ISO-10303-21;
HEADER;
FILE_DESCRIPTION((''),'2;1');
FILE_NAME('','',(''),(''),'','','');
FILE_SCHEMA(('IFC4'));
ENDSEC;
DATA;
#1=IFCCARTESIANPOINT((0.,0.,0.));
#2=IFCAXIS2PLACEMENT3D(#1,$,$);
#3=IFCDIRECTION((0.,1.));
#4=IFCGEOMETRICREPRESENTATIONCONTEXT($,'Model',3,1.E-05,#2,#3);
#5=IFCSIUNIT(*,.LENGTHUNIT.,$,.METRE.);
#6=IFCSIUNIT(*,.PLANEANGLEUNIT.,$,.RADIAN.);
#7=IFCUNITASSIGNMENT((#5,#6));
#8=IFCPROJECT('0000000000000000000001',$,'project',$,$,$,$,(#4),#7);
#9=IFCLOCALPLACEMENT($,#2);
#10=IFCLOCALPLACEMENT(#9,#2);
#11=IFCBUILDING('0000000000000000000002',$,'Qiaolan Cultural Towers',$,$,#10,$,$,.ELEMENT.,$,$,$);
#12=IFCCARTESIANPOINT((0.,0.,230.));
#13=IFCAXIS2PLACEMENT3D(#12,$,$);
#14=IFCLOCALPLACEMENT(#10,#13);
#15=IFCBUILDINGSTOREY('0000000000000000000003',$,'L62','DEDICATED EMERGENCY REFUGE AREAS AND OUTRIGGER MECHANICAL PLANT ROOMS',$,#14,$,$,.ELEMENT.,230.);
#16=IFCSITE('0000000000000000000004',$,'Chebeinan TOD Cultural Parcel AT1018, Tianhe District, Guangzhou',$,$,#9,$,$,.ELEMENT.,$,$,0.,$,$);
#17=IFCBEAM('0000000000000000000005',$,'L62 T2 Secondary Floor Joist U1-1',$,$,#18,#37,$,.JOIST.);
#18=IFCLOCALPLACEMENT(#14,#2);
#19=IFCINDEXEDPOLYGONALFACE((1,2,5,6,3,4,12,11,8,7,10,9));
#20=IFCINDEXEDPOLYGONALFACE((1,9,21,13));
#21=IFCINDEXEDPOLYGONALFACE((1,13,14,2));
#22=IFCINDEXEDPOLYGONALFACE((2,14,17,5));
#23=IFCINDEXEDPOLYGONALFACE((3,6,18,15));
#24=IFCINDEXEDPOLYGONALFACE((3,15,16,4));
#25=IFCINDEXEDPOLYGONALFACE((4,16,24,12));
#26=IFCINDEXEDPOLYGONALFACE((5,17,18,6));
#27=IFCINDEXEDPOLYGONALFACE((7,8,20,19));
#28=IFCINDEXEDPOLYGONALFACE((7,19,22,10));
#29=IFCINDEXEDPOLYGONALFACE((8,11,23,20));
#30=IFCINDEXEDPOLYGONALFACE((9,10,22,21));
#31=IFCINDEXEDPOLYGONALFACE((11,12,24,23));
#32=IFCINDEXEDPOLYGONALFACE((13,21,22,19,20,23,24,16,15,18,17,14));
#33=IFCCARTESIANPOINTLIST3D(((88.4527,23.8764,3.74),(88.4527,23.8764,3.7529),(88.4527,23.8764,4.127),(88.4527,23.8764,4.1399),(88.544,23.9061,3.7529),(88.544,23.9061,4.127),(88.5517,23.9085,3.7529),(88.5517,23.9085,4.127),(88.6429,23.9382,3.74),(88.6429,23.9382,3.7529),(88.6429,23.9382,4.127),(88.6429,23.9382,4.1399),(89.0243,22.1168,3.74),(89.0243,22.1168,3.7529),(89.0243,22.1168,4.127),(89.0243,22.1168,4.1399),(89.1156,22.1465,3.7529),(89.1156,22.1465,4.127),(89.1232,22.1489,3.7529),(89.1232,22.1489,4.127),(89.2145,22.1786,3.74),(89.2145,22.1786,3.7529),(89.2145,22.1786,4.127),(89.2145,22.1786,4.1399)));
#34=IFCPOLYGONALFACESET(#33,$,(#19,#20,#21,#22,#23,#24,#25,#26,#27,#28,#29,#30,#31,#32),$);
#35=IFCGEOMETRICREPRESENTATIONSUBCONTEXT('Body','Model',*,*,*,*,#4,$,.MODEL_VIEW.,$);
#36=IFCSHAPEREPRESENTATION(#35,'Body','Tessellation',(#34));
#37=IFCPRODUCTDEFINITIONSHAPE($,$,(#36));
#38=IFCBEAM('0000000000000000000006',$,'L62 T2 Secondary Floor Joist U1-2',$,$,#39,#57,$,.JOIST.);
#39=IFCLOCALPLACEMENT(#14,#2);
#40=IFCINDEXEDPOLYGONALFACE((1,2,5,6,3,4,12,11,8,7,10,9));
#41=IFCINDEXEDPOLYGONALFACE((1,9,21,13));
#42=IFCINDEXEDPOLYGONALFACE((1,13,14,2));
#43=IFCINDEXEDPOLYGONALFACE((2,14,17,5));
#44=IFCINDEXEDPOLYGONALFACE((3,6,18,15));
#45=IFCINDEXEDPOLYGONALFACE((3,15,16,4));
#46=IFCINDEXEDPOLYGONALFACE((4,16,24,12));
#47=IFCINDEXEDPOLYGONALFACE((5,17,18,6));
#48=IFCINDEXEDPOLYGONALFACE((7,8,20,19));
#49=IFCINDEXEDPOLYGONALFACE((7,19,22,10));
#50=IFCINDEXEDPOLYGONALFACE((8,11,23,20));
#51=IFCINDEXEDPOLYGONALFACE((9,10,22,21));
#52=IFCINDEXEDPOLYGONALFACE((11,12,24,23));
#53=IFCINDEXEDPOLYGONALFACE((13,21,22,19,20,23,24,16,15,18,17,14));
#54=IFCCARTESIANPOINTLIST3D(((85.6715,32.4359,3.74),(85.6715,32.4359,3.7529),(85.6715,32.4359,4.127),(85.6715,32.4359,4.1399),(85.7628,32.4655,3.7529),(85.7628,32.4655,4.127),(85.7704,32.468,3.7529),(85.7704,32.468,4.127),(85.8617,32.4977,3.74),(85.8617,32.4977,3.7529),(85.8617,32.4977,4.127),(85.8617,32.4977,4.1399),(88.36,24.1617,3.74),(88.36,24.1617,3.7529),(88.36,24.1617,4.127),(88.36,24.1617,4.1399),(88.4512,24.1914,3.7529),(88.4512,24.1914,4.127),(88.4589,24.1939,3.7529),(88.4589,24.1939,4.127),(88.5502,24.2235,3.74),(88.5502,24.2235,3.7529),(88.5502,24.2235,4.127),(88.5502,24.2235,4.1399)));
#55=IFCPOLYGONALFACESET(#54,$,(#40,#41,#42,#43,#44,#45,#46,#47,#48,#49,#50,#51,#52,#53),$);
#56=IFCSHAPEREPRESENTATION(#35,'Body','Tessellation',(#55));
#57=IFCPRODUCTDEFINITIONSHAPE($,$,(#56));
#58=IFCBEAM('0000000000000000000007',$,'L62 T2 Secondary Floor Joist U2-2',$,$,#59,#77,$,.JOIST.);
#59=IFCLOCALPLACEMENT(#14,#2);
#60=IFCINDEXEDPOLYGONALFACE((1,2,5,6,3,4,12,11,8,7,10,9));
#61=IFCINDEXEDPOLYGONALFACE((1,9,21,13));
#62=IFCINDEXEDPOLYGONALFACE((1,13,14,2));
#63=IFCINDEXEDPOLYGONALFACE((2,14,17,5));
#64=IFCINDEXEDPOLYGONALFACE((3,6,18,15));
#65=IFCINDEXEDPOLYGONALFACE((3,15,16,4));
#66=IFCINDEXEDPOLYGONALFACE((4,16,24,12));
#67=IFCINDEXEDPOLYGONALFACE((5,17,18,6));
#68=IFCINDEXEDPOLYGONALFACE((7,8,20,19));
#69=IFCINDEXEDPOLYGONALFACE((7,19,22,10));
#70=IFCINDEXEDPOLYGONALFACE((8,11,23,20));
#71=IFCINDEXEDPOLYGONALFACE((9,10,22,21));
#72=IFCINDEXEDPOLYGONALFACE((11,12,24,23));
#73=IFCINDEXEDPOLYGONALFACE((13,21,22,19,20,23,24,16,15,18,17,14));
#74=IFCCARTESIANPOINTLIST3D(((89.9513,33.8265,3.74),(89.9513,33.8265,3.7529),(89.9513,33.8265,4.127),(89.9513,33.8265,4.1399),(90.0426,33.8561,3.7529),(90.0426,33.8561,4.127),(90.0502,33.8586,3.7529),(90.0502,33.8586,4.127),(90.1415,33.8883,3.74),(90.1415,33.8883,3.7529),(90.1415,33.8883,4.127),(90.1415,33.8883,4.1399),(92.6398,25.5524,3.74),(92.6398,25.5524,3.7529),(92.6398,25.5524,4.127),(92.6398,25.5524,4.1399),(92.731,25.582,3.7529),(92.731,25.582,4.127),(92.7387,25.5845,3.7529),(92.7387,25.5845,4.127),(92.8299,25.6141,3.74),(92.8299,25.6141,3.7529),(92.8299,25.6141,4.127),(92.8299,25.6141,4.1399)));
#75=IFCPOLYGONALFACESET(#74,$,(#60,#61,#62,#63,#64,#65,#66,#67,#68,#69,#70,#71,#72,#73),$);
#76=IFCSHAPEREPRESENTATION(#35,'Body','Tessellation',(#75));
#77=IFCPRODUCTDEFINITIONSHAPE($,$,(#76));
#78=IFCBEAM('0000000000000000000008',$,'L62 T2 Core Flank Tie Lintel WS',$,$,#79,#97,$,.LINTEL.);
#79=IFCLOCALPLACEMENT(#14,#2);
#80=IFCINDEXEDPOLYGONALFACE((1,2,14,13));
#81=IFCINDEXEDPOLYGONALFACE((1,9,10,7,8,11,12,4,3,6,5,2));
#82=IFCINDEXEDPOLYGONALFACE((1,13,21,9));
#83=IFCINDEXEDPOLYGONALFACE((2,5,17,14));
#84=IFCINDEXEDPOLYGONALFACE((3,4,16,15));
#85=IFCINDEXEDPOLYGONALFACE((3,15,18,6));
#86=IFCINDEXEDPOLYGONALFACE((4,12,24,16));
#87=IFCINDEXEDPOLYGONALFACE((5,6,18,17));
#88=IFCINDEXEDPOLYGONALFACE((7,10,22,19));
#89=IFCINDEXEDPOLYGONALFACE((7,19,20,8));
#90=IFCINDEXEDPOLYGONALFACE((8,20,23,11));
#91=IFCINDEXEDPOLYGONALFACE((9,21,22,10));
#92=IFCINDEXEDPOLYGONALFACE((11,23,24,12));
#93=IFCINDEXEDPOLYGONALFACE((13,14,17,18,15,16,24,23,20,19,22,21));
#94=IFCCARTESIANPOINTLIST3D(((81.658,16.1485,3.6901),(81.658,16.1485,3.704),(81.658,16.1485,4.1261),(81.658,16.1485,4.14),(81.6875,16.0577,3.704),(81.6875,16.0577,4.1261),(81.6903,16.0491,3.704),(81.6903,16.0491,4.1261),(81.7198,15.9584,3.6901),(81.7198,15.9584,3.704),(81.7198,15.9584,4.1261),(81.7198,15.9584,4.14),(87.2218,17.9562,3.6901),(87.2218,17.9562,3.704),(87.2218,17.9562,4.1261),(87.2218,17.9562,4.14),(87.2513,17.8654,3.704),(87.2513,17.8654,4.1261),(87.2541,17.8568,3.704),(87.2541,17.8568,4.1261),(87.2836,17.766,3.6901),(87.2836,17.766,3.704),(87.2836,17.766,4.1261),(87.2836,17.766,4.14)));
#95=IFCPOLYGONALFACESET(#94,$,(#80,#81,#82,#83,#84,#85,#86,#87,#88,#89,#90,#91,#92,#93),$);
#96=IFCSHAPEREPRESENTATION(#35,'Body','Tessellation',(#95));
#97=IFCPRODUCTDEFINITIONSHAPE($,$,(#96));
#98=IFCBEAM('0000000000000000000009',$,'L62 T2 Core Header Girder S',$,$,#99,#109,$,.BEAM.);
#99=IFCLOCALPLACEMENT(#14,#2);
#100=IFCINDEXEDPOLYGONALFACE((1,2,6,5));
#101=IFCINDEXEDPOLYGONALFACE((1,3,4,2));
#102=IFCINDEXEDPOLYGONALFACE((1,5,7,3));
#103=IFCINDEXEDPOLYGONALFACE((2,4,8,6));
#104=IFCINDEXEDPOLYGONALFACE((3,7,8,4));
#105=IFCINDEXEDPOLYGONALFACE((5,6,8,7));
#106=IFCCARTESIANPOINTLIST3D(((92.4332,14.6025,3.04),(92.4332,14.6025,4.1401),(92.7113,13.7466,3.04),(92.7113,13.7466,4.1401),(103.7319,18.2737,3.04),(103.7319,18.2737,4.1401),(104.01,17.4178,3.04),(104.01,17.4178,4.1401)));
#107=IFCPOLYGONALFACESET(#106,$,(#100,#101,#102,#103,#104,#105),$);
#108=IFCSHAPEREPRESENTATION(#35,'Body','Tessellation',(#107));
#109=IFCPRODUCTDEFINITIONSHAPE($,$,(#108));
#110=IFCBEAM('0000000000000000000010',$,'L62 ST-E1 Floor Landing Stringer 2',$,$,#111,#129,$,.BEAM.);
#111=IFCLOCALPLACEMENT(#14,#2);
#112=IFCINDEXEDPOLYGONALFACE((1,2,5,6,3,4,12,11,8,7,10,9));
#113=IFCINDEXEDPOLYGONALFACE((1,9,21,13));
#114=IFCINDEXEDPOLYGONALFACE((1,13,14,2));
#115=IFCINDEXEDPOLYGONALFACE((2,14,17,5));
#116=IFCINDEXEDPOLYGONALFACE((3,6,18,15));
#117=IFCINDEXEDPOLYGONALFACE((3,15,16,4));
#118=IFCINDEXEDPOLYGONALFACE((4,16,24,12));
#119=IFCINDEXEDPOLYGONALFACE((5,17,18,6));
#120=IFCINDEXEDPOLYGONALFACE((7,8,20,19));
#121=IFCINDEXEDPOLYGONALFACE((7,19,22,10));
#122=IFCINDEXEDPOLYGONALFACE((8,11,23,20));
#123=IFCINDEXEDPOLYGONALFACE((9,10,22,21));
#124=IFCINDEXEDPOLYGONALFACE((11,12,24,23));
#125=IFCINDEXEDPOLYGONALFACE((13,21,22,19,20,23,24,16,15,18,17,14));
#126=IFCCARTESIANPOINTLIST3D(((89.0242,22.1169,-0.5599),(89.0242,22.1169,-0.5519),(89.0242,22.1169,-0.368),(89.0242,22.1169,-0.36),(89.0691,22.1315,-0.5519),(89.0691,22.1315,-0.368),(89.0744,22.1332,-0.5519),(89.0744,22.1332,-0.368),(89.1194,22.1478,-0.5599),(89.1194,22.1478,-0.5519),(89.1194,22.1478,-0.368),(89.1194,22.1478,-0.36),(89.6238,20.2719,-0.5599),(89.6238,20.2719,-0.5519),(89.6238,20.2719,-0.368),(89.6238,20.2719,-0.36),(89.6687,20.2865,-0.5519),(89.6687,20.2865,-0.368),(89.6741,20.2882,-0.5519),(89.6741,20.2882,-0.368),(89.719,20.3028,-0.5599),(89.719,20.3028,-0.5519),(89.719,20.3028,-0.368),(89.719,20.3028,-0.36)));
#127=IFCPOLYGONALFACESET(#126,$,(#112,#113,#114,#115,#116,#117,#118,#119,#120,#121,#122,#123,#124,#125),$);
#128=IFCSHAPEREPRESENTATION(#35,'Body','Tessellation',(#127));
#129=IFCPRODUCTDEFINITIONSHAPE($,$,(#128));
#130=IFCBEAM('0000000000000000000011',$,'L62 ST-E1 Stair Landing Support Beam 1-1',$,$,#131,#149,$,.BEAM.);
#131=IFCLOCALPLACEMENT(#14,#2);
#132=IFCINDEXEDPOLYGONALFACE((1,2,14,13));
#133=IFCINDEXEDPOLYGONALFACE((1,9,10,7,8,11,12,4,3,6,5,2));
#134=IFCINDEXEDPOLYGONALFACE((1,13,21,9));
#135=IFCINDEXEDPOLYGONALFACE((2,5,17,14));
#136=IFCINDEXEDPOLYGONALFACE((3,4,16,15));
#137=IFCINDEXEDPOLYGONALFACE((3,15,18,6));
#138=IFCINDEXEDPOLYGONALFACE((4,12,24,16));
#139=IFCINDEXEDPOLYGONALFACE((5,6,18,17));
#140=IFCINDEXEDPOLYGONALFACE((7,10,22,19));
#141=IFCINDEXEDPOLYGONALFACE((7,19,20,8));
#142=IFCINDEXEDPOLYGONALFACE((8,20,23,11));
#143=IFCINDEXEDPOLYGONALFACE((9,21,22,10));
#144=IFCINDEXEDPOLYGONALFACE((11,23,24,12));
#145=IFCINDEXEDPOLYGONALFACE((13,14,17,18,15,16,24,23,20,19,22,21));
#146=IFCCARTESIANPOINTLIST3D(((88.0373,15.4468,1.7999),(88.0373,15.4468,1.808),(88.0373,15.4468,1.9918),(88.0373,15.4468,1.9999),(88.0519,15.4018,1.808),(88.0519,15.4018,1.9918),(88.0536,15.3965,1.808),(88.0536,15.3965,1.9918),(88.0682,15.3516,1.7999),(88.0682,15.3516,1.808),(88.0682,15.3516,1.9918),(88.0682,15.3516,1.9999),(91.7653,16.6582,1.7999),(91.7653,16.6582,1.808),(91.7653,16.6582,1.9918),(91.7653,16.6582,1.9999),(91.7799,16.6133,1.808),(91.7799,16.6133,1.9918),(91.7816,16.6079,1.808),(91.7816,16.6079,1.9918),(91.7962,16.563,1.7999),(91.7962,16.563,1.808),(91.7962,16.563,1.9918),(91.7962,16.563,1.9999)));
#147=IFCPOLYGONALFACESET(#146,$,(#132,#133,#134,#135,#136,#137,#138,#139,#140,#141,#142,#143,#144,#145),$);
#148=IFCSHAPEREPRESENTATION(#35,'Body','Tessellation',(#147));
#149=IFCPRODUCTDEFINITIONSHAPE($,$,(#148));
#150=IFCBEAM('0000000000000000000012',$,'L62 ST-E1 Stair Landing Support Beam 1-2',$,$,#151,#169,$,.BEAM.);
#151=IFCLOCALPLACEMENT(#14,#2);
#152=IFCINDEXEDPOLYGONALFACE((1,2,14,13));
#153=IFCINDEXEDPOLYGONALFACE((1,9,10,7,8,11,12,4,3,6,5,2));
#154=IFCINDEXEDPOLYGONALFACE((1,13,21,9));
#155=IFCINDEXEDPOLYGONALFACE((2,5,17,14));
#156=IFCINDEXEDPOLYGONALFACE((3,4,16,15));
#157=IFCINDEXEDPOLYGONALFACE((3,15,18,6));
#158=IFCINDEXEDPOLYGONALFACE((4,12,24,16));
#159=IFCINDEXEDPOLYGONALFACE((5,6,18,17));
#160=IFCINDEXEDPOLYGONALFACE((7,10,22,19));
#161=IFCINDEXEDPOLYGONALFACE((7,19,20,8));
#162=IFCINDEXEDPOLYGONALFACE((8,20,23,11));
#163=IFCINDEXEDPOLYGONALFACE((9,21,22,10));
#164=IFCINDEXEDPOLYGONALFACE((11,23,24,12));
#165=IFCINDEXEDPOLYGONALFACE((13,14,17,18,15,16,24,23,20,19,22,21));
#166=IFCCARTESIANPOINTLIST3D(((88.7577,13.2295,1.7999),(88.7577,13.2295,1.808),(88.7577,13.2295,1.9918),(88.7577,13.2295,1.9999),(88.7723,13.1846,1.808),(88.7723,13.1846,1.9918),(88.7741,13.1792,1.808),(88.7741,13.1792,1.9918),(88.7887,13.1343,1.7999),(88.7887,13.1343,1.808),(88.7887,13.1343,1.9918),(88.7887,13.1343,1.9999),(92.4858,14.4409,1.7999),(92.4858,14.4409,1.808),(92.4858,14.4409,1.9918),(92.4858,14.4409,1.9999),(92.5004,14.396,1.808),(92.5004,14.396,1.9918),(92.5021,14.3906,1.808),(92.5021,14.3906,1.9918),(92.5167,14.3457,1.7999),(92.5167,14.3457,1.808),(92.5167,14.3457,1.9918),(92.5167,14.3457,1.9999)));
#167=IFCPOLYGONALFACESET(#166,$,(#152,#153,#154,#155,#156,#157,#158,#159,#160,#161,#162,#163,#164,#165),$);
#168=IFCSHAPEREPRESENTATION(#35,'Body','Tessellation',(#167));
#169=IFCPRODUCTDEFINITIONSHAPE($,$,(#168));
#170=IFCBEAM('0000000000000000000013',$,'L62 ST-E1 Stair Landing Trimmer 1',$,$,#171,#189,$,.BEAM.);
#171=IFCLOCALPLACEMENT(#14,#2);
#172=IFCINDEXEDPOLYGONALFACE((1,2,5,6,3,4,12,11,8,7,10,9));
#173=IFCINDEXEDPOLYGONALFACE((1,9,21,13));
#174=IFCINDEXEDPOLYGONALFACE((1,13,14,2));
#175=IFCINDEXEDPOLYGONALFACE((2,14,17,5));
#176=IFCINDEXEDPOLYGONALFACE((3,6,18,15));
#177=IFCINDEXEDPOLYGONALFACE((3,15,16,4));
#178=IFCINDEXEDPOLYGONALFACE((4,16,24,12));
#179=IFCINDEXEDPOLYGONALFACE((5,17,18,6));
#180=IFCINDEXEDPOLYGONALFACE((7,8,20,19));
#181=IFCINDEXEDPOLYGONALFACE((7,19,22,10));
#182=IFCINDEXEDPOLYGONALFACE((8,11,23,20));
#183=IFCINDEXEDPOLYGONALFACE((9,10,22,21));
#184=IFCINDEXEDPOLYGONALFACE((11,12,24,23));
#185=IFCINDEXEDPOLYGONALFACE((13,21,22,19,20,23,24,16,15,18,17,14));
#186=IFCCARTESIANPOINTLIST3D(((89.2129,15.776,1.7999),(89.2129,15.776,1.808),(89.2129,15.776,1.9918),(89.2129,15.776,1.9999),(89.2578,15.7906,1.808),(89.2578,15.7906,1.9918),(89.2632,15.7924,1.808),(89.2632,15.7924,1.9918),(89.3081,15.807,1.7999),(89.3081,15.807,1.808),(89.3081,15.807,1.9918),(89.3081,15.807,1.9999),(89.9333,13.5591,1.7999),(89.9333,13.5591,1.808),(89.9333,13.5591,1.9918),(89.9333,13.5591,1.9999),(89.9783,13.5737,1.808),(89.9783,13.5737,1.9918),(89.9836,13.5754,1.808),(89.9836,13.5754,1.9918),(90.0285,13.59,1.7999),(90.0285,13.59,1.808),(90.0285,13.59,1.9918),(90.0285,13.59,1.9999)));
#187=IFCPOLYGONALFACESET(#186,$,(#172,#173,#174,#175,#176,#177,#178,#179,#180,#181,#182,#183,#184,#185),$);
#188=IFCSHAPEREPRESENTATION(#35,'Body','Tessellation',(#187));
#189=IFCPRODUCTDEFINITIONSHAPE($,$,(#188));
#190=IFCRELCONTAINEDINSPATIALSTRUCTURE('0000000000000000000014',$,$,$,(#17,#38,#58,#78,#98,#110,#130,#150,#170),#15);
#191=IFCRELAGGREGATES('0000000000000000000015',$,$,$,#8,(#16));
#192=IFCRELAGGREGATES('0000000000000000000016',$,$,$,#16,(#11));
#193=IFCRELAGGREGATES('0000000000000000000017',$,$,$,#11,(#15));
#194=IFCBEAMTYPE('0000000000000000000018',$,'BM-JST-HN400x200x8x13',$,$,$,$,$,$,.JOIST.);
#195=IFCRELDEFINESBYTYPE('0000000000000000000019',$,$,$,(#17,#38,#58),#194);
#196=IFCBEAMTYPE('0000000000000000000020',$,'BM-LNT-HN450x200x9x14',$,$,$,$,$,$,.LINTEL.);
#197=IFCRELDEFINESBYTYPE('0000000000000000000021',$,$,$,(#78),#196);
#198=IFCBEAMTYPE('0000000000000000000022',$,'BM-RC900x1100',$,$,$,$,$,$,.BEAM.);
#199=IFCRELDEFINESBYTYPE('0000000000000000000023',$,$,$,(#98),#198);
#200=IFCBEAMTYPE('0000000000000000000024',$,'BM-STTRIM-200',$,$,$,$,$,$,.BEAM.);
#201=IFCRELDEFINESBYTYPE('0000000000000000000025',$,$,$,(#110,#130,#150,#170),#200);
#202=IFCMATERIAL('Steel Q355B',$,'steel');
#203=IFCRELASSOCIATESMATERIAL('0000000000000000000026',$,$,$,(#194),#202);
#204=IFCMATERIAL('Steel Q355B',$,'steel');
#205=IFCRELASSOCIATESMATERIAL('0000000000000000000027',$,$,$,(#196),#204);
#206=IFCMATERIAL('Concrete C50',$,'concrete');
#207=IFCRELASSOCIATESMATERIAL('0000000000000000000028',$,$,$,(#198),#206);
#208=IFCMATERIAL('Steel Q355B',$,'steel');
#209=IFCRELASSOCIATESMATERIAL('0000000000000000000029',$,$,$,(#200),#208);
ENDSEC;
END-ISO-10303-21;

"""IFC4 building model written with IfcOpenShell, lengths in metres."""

from ifc_helpers import new_model, si_unit, direction, frame, origin, origin_2d, place, context, subcontext, project, spatial, rectangle, i_section, extrude, material, material_profile, profile_set, type_object, element, save


model = new_model("IFC4")

# Units and contexts
model_context = context("Model", 3, precision=1e-05, world=origin(), true_north=direction((0.0, 1.0)))
body_context = subcontext(model_context, "Body", "Model", "MODEL_VIEW")
ifc_project = project(units=[si_unit("LENGTHUNIT", "METRE"), si_unit("PLANEANGLEUNIT", "RADIAN")], contexts=[model_context])

# Site, building, storey
site_placement = place(None, origin())
site = spatial("IfcSite", under=ifc_project, at=site_placement, Name="Chebeinan TOD Cultural Parcel AT1018, Tianhe District, Guangzhou", CompositionType="ELEMENT", RefElevation=0.0)
building_placement = place(site_placement, origin())
building = spatial("IfcBuilding", under=site, at=building_placement, Name="Qiaolan Cultural Towers", CompositionType="ELEMENT")
storey_placement = place(building_placement, frame((0.0, 0.0, 230.0)))
storey = spatial("IfcBuildingStorey", under=building, at=storey_placement, Name="L62", Description="DEDICATED EMERGENCY REFUGE AREAS AND OUTRIGGER MECHANICAL PLANT ROOMS", CompositionType="ELEMENT", Elevation=230.0)

# Beams
ifc_material_1 = material(Name="Steel Q355B", Category="steel")
ifc_material_profile_1 = material_profile(ifc_material_1, i_section(OverallWidth=0.2, OverallDepth=0.3999, WebThickness=0.0081, FlangeThickness=0.0129, at=origin_2d()), Name="HN400x200x8x13")
ifc_profile_set_1 = profile_set([ifc_material_profile_1], Name="Steel Q355B")
beam_type_1 = type_object("IfcBeamType", Name="BM-JST-HN400x200x8x13", PredefinedType="JOIST", material=ifc_profile_set_1)
beam_1_placement = place(storey_placement, frame((89.1194, 22.1477, 3.9399), z_axis=(-0.308934, 0.951084, 0.0), x_axis=(-0.951084, -0.308934, 0.0)))
element("IfcBeam", 1, at=beam_1_placement, inside=storey, type_object=beam_type_1, Name="L62 T2 Secondary Floor Joist U1-1", PredefinedType="JOIST", context=body_context, shape_type="SweptSolid", body=[
    extrude(i_section(OverallWidth=0.2, OverallDepth=0.3999, WebThickness=0.0081, FlangeThickness=0.0129, at=origin_2d()), origin(), (0.0, 0.0, 1.0), 1.8501),
])
for number, where, z_axis, x_axis, name in (
    (2, (88.4551, 24.1926, 3.9399), (-0.309021, 0.951055, 0.0), (-0.951055, -0.309021, 0.0), "L62 T2 Secondary Floor Joist U1-2"),
    (3, (92.7349, 25.5833, 3.9399), (-0.309021, 0.951055, 0.0), (-0.951055, -0.309021, 0.0), "L62 T2 Secondary Floor Joist U2-2"),
):
    element("IfcBeam", number, at=place(storey_placement, frame(where, z_axis=z_axis, x_axis=x_axis)), inside=storey, type_object=beam_type_1, Name=name, PredefinedType="JOIST", context=body_context, shape_type="SweptSolid", body=[
        extrude(i_section(OverallWidth=0.2, OverallDepth=0.3999, WebThickness=0.0081, FlangeThickness=0.0129, at=origin_2d()), origin(), (0.0, 0.0, 1.0), 8.7),
    ])
ifc_material_2 = material(Name="Steel Q355B", Category="steel")
ifc_material_profile_2 = material_profile(ifc_material_2, i_section(OverallWidth=0.2, OverallDepth=0.45, WebThickness=0.009, FlangeThickness=0.0139, at=origin_2d()), Name="HN450x200x9x14")
ifc_profile_set_2 = profile_set([ifc_material_profile_2], Name="Steel Q355B")
beam_type_2 = type_object("IfcBeamType", Name="BM-LNT-HN450x200x9x14", PredefinedType="LINTEL", material=ifc_profile_set_2)
beam_2_placement = place(storey_placement, frame((87.2527, 17.8611, 3.915), z_axis=(-0.951064, -0.308995, 0.0), x_axis=(0.308995, -0.951064, 0.0)))
element("IfcBeam", 4, at=beam_2_placement, inside=storey, type_object=beam_type_2, Name="L62 T2 Core Flank Tie Lintel WS", PredefinedType="LINTEL", context=body_context, shape_type="SweptSolid", body=[
    extrude(i_section(OverallWidth=0.2, OverallDepth=0.45, WebThickness=0.009, FlangeThickness=0.0139, at=origin_2d()), origin(), (0.0, 0.0, 1.0), 5.8501),
])
ifc_material_3 = material(Name="Concrete C50", Category="concrete")
ifc_material_profile_3 = material_profile(ifc_material_3, rectangle(XDim=0.8999, YDim=1.1001, at=origin_2d()), Name="RC900x1100")
ifc_profile_set_3 = profile_set([ifc_material_profile_3], Name="Concrete C50")
beam_type_3 = type_object("IfcBeamType", Name="BM-RC900x1100", PredefinedType="BEAM", material=ifc_profile_set_3)
beam_3_placement = place(storey_placement, frame((92.5723, 14.1746, 3.5901), z_axis=(0.951056, 0.309018, 0.0), x_axis=(-0.309018, 0.951056, 0.0)))
element("IfcBeam", 5, at=beam_3_placement, inside=storey, type_object=beam_type_3, Name="L62 T2 Core Header Girder S", PredefinedType="BEAM", context=body_context, shape_type="SweptSolid", body=[
    extrude(rectangle(XDim=0.8999, YDim=1.1001, at=origin_2d()), origin(), (0.0, 0.0, 1.0), 11.8801),
])
ifc_material_4 = material(Name="Steel Q355B", Category="steel")
ifc_material_profile_4 = material_profile(ifc_material_4, i_section(OverallWidth=0.1001, OverallDepth=0.2, WebThickness=0.0056, FlangeThickness=0.0081, at=origin_2d()), Name="HN200x100x5.5x8")
ifc_profile_set_4 = profile_set([ifc_material_profile_4], Name="Steel Q355B")
beam_type_4 = type_object("IfcBeamType", Name="BM-STTRIM-200", PredefinedType="BEAM", material=ifc_profile_set_4)
beam_4_placement = place(storey_placement, frame((89.0718, 22.1323, -0.46), z_axis=(0.309083, -0.951035, 0.0), x_axis=(0.951035, 0.309083, 0.0)))
element("IfcBeam", 6, at=beam_4_placement, inside=storey, type_object=beam_type_4, Name="L62 ST-E1 Floor Landing Stringer 2", PredefinedType="BEAM", context=body_context, shape_type="SweptSolid", body=[
    extrude(i_section(OverallWidth=0.1001, OverallDepth=0.2, WebThickness=0.0056, FlangeThickness=0.0081, at=origin_2d()), origin(), (0.0, 0.0, 1.0), 1.9399),
])
for number, where, z_axis, x_axis, name in (
    (7, (88.0527, 15.3992, 1.8999), (0.951048, 0.309044, 0.0), (-0.309044, 0.951048, 0.0), "L62 ST-E1 Stair Landing Support Beam 1-1"),
    (8, (88.7732, 13.1819, 1.8999), (0.951048, 0.309044, 0.0), (-0.309044, 0.951048, 0.0), "L62 ST-E1 Stair Landing Support Beam 1-2"),
):
    element("IfcBeam", number, at=place(storey_placement, frame(where, z_axis=z_axis, x_axis=x_axis)), inside=storey, type_object=beam_type_4, Name=name, PredefinedType="BEAM", context=body_context, shape_type="SweptSolid", body=[
        extrude(i_section(OverallWidth=0.1001, OverallDepth=0.2, WebThickness=0.0056, FlangeThickness=0.0081, at=origin_2d()), origin(), (0.0, 0.0, 1.0), 3.9199),
    ])
beam_5_placement = place(storey_placement, frame((89.2605, 15.7915, 1.8999), z_axis=(0.309055, -0.951044, 0.0), x_axis=(0.951044, 0.309055, 0.0)))
element("IfcBeam", 9, at=beam_5_placement, inside=storey, type_object=beam_type_4, Name="L62 ST-E1 Stair Landing Trimmer 1", PredefinedType="BEAM", context=body_context, shape_type="SweptSolid", body=[
    extrude(i_section(OverallWidth=0.1001, OverallDepth=0.2, WebThickness=0.0056, FlangeThickness=0.0081, at=origin_2d()), origin(), (0.0, 0.0, 1.0), 2.3311),
])

save(model, "model.ifc")
